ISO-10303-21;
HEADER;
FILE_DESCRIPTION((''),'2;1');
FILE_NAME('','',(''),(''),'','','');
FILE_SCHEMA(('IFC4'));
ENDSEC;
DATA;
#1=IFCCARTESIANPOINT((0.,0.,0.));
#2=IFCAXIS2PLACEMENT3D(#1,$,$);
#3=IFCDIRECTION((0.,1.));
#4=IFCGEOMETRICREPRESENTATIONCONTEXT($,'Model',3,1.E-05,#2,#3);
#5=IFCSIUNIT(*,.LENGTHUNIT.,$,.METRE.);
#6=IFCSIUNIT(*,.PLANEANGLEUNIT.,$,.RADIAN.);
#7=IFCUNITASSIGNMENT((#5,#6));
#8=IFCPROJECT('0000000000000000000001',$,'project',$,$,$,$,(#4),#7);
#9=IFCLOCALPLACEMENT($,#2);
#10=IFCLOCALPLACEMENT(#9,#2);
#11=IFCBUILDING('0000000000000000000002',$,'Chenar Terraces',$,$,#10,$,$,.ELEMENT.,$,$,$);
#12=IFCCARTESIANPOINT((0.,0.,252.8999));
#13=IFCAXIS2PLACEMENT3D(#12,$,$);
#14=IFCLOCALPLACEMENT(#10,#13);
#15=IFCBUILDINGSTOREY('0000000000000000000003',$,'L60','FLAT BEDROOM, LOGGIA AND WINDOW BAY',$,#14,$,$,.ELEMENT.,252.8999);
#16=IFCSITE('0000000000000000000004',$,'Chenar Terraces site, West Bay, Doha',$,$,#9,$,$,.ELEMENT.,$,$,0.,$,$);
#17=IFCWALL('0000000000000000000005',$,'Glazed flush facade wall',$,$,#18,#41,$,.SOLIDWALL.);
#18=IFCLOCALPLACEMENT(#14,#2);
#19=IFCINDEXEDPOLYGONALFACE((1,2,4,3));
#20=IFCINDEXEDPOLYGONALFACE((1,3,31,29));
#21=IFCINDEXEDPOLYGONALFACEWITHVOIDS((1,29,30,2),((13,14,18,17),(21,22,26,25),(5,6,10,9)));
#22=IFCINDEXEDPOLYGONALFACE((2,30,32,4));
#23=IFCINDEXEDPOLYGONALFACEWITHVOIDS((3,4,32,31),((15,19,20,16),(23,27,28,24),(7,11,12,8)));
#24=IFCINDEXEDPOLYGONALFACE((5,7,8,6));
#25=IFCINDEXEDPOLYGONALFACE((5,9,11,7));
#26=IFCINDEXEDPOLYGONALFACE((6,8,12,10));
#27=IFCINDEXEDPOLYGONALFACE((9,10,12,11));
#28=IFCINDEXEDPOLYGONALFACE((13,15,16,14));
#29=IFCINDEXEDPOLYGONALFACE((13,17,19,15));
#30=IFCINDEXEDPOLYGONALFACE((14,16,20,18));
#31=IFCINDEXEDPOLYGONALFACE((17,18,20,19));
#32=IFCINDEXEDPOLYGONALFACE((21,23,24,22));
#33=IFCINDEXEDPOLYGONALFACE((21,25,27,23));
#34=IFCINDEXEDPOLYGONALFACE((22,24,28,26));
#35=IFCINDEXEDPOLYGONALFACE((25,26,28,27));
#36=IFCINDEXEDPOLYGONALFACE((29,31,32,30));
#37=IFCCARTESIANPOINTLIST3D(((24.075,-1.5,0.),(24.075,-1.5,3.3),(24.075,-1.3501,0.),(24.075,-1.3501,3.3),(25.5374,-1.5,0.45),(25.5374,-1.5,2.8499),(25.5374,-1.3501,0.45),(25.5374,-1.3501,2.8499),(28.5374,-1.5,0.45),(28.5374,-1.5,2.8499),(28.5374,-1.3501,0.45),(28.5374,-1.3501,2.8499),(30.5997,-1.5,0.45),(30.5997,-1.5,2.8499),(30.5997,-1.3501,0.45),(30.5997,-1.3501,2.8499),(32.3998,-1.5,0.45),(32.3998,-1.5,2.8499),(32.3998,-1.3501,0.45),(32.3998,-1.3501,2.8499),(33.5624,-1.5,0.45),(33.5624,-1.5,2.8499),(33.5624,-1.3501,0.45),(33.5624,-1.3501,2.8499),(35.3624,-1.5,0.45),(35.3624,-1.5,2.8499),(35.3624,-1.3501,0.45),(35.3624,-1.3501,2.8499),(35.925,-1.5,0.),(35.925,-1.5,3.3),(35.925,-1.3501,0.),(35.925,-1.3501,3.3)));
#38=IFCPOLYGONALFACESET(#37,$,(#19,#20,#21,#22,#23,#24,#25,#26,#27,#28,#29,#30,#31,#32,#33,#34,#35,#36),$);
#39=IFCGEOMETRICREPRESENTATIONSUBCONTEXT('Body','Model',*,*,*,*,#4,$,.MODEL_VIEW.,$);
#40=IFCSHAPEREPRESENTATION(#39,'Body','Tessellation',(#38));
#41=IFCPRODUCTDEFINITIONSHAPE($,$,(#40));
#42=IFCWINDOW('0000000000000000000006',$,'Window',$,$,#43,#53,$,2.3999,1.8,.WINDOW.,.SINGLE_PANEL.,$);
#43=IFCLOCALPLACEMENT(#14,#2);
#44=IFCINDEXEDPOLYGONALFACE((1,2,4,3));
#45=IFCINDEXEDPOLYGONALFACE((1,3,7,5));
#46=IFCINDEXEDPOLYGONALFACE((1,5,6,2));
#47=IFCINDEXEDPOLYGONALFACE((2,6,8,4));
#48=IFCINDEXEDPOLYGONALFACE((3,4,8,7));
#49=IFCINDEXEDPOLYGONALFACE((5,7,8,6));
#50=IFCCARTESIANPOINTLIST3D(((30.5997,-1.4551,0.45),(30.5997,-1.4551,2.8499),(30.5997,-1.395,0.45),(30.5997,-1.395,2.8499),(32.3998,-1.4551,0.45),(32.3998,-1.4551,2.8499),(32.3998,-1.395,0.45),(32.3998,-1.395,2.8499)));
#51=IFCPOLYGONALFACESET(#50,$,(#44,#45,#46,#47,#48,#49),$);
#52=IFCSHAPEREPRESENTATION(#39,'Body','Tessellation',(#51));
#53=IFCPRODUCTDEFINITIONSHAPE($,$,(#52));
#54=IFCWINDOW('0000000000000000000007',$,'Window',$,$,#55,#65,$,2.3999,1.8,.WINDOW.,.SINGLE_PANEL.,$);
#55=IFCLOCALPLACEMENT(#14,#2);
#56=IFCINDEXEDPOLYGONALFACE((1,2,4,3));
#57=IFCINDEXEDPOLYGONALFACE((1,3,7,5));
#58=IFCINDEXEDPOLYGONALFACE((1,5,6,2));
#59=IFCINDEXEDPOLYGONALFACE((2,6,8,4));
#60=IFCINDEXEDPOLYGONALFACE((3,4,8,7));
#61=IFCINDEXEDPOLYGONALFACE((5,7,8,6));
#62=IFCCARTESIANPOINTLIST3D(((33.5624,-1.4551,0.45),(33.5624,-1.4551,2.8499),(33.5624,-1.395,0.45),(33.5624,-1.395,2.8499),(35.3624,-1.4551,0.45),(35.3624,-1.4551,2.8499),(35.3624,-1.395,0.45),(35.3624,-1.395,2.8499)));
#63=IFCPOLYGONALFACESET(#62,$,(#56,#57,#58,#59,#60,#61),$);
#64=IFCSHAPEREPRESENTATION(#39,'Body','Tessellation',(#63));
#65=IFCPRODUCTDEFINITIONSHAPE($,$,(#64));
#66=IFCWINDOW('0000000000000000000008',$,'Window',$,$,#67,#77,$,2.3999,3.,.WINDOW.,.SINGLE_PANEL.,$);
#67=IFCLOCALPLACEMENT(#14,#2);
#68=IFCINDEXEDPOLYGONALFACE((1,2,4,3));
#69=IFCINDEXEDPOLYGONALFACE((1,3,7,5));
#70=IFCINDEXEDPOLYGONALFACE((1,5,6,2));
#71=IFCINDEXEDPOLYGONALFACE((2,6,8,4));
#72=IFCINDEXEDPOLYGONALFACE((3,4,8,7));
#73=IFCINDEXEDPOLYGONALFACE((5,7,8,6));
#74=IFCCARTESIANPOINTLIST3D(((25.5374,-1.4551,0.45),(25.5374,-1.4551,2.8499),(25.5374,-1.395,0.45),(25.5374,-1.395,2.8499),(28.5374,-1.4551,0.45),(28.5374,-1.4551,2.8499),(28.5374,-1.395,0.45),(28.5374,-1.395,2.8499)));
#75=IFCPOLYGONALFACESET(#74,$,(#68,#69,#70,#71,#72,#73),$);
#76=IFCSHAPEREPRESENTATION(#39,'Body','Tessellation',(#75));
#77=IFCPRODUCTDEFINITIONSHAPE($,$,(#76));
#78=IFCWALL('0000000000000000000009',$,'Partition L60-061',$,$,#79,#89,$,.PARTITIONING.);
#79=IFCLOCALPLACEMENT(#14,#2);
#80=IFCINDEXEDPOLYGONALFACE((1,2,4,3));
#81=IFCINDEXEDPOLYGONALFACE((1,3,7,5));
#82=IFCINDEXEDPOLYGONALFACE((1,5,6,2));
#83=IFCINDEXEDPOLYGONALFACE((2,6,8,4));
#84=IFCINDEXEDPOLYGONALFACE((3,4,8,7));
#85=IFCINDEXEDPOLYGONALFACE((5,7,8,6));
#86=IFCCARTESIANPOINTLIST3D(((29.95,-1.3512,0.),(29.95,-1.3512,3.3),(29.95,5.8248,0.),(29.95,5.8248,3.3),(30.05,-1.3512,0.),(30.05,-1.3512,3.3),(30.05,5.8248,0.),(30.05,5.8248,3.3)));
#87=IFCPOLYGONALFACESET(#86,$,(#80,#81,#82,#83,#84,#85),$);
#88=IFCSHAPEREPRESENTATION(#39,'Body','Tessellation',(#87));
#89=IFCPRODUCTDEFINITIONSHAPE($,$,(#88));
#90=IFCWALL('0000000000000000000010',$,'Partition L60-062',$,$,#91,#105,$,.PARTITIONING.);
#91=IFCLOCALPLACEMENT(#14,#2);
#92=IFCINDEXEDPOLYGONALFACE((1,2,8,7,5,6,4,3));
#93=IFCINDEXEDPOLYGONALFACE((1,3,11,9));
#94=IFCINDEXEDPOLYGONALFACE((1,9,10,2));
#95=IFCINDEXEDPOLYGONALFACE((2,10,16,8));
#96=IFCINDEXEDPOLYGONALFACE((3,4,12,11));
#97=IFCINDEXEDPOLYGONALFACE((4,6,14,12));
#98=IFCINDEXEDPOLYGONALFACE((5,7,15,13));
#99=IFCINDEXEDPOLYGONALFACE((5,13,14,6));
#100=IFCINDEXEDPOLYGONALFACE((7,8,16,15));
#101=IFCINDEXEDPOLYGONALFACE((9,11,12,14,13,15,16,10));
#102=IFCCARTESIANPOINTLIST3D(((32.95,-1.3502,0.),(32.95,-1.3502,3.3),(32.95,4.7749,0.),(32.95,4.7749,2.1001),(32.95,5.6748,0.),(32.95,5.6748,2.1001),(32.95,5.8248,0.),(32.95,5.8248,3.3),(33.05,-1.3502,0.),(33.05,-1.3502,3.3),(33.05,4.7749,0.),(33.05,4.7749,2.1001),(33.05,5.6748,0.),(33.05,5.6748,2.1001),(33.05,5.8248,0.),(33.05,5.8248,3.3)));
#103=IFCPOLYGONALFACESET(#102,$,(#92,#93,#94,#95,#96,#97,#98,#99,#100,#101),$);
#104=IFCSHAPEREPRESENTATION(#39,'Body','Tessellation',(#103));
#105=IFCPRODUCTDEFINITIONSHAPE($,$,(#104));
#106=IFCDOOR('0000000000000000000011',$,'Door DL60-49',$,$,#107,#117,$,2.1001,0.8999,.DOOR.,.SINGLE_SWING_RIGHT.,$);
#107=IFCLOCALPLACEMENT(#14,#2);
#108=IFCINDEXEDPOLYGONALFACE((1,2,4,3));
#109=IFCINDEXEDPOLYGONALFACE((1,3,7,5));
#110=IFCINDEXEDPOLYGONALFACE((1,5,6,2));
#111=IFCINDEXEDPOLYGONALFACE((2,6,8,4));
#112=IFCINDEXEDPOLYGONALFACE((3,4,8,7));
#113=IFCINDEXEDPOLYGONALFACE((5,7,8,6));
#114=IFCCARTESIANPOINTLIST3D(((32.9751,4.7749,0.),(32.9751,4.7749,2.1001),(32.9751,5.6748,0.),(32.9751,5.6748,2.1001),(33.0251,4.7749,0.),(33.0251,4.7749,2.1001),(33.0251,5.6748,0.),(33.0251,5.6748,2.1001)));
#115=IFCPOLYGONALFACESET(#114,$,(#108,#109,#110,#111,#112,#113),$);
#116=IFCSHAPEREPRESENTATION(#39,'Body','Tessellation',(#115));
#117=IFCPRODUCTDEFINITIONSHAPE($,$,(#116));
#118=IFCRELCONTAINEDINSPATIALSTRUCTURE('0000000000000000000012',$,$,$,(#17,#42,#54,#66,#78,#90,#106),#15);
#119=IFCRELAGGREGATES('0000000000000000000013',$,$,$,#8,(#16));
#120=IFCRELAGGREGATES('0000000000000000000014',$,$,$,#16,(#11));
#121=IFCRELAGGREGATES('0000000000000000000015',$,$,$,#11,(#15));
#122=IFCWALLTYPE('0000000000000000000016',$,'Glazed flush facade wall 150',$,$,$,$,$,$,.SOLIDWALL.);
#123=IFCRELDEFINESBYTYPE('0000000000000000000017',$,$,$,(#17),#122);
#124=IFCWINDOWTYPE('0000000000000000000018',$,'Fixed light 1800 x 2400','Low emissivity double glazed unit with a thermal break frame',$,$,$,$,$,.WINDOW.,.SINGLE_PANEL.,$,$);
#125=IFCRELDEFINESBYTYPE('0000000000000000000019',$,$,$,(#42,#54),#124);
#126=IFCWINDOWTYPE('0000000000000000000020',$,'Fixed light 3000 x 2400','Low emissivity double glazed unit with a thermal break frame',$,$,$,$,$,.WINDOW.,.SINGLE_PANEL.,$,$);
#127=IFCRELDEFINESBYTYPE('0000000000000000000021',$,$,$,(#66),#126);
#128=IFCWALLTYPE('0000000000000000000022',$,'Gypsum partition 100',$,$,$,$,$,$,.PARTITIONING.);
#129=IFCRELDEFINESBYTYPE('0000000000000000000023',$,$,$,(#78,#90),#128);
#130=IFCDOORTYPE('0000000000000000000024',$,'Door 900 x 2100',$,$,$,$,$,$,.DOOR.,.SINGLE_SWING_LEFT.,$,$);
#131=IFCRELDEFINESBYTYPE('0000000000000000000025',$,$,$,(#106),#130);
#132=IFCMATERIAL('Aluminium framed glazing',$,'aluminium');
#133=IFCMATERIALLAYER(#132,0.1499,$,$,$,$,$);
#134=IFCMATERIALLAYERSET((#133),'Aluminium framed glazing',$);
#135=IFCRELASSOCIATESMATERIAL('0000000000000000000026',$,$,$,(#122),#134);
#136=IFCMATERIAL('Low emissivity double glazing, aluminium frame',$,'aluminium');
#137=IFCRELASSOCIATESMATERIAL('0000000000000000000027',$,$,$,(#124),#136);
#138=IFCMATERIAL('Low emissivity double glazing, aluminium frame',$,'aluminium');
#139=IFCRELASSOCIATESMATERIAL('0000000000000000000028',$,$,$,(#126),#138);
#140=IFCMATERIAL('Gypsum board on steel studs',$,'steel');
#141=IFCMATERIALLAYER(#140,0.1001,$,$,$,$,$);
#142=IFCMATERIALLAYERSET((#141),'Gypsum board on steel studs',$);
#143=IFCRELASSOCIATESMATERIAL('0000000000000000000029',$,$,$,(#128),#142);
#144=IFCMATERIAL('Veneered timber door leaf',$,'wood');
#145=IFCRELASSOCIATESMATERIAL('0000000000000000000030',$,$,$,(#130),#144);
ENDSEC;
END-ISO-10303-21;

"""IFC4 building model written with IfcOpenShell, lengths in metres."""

from ifc_helpers import new_model, si_unit, direction, frame, frame_2d, origin, place, context, subcontext, project, spatial, rectangle, extrude, material, layer, layer_set, type_object, element, fill, save


model = new_model("IFC4")

# Units and contexts
model_context = context("Model", 3, precision=1e-05, world=origin(), true_north=direction((0.0, 1.0)))
body_context = subcontext(model_context, "Body", "Model", "MODEL_VIEW")
ifc_project = project(units=[si_unit("LENGTHUNIT", "METRE"), si_unit("PLANEANGLEUNIT", "RADIAN")], contexts=[model_context])

# Site, building, storey
site_placement = place(None, origin())
site = spatial("IfcSite", under=ifc_project, at=site_placement, Name="Chenar Terraces site, West Bay, Doha", CompositionType="ELEMENT", RefElevation=0.0)
building_placement = place(site_placement, origin())
building = spatial("IfcBuilding", under=site, at=building_placement, Name="Chenar Terraces", CompositionType="ELEMENT")
storey_placement = place(building_placement, frame((0.0, 0.0, 252.8999)))
storey = spatial("IfcBuildingStorey", under=building, at=storey_placement, Name="L60", Description="FLAT BEDROOM, LOGGIA AND WINDOW BAY", CompositionType="ELEMENT", Elevation=252.8999)

# Wall, openings, windows
ifc_material_1 = material(Name="Aluminium framed glazing", Category="aluminium")
ifc_layer_1 = layer(ifc_material_1, 0.1499)
ifc_layer_set_1 = layer_set([ifc_layer_1], Name="Aluminium framed glazing")
wall_type_1 = type_object("IfcWallType", Name="Glazed flush facade wall 150", PredefinedType="SOLIDWALL", material=ifc_layer_set_1)
wall_1_placement = place(storey_placement, frame((24.075, -1.425, 0.0), z_axis=(0.0, 0.0, 1.0), x_axis=(1.0, 0.0, 0.0)))
wall_1 = element("IfcWall", 1, at=wall_1_placement, inside=storey, type_object=wall_type_1, Name="Glazed flush facade wall", PredefinedType="SOLIDWALL", context=body_context, shape_type="SweptSolid", body=[
    extrude(rectangle(XDim=11.8501, YDim=0.1499, at=frame_2d((5.925, 0.0))), origin(), (0.0, 0.0, 1.0), 3.3),
])
opening_1_placement = place(wall_1_placement, frame((1.4624, 0.0, 0.45)))
opening_1 = element("IfcOpeningElement", 2, at=opening_1_placement, cuts=wall_1, PredefinedType="OPENING", context=body_context, shape_type="SweptSolid", body=[
    extrude(rectangle(XDim=3.0, YDim=2.3999, at=frame_2d((1.5, 1.2))), frame((0.0, 0.085, 0.0), z_axis=(0.0, -1.0, 0.0), x_axis=(1.0, 0.0, 0.0)), (0.0, 0.0, 1.0), 0.1699),
])
opening_2_placement = place(wall_1_placement, frame((6.5249, 0.0, 0.45)))
opening_2 = element("IfcOpeningElement", 3, at=opening_2_placement, cuts=wall_1, PredefinedType="OPENING", context=body_context, shape_type="SweptSolid", body=[
    extrude(rectangle(XDim=1.8, YDim=2.3999, at=frame_2d((0.8999, 1.2))), frame((0.0, 0.085, 0.0), z_axis=(0.0, -1.0, 0.0), x_axis=(1.0, 0.0, 0.0)), (0.0, 0.0, 1.0), 0.1699),
])
opening_3_placement = place(wall_1_placement, frame((9.4875, 0.0, 0.45)))
opening_3 = element("IfcOpeningElement", 4, at=opening_3_placement, cuts=wall_1, PredefinedType="OPENING", context=body_context, shape_type="SweptSolid", body=[
    extrude(rectangle(XDim=1.8, YDim=2.3999, at=frame_2d((0.8999, 1.2))), frame((0.0, 0.085, 0.0), z_axis=(0.0, -1.0, 0.0), x_axis=(1.0, 0.0, 0.0)), (0.0, 0.0, 1.0), 0.1699),
])
ifc_material_2 = material(Name="Low emissivity double glazing, aluminium frame", Category="aluminium")
window_type_1 = type_object("IfcWindowType", Name="Fixed light 1800 x 2400", Description="Low emissivity double glazed unit with a thermal break frame", PartitioningType="SINGLE_PANEL", PredefinedType="WINDOW", material=ifc_material_2)
window_1_placement = place(opening_2_placement, origin())
window_1 = element("IfcWindow", 5, at=window_1_placement, inside=storey, type_object=window_type_1, Name="Window", OverallHeight=2.3999, OverallWidth=1.8, PartitioningType="SINGLE_PANEL", PredefinedType="WINDOW", context=body_context, shape_type="SweptSolid", body=[
    extrude(rectangle(XDim=1.8, YDim=2.3999, at=frame_2d((0.8999, 1.2))), frame((0.0, 0.03, 0.0), z_axis=(0.0, -1.0, 0.0), x_axis=(1.0, 0.0, 0.0)), (0.0, 0.0, 1.0), 0.0601),
])
fill(opening_2, window_1)
window_2_placement = place(opening_3_placement, origin())
window_2 = element("IfcWindow", 6, at=window_2_placement, inside=storey, type_object=window_type_1, Name="Window", OverallHeight=2.3999, OverallWidth=1.8, PartitioningType="SINGLE_PANEL", PredefinedType="WINDOW", context=body_context, shape_type="SweptSolid", body=[
    extrude(rectangle(XDim=1.8, YDim=2.3999, at=frame_2d((0.8999, 1.2))), frame((0.0, 0.03, 0.0), z_axis=(0.0, -1.0, 0.0), x_axis=(1.0, 0.0, 0.0)), (0.0, 0.0, 1.0), 0.0601),
])
fill(opening_3, window_2)
ifc_material_3 = material(Name="Low emissivity double glazing, aluminium frame", Category="aluminium")
window_type_2 = type_object("IfcWindowType", Name="Fixed light 3000 x 2400", Description="Low emissivity double glazed unit with a thermal break frame", PartitioningType="SINGLE_PANEL", PredefinedType="WINDOW", material=ifc_material_3)
window_3_placement = place(opening_1_placement, origin())
window_3 = element("IfcWindow", 7, at=window_3_placement, inside=storey, type_object=window_type_2, Name="Window", OverallHeight=2.3999, OverallWidth=3.0, PartitioningType="SINGLE_PANEL", PredefinedType="WINDOW", context=body_context, shape_type="SweptSolid", body=[
    extrude(rectangle(XDim=3.0, YDim=2.3999, at=frame_2d((1.5, 1.2))), frame((0.0, 0.03, 0.0), z_axis=(0.0, -1.0, 0.0), x_axis=(1.0, 0.0, 0.0)), (0.0, 0.0, 1.0), 0.0601),
])
fill(opening_1, window_3)

# Wall
ifc_material_4 = material(Name="Gypsum board on steel studs", Category="steel")
ifc_layer_2 = layer(ifc_material_4, 0.1001)
ifc_layer_set_2 = layer_set([ifc_layer_2], Name="Gypsum board on steel studs")
wall_type_2 = type_object("IfcWallType", Name="Gypsum partition 100", PredefinedType="PARTITIONING", material=ifc_layer_set_2)
wall_2_placement = place(storey_placement, frame((30.0, -1.3511, 0.0), z_axis=(0.0, 0.0, 1.0), x_axis=(0.0, 1.0, 0.0)))
element("IfcWall", 8, at=wall_2_placement, inside=storey, type_object=wall_type_2, Name="Partition L60-061", PredefinedType="PARTITIONING", context=body_context, shape_type="SweptSolid", body=[
    extrude(rectangle(XDim=7.176, YDim=0.1001, at=frame_2d((3.5879, 0.0))), origin(), (0.0, 0.0, 1.0), 3.3),
])

# Wall, opening, door
wall_3_placement = place(storey_placement, frame((33.0, -1.3501, 0.0), z_axis=(0.0, 0.0, 1.0), x_axis=(0.0, 1.0, 0.0)))
wall_3 = element("IfcWall", 9, at=wall_3_placement, inside=storey, type_object=wall_type_2, Name="Partition L60-062", PredefinedType="PARTITIONING", context=body_context, shape_type="SweptSolid", body=[
    extrude(rectangle(XDim=7.175, YDim=0.1001, at=frame_2d((3.5874, 0.0))), origin(), (0.0, 0.0, 1.0), 3.3),
])
opening_4_placement = place(wall_3_placement, frame((6.125, 0.0, 0.0)))
opening_4 = element("IfcOpeningElement", 10, at=opening_4_placement, cuts=wall_3, PredefinedType="OPENING", context=body_context, shape_type="SweptSolid", body=[
    extrude(rectangle(XDim=0.8999, YDim=2.1001, at=frame_2d((0.45, 1.05))), frame((0.0, 0.0601, 0.0), z_axis=(0.0, -1.0, 0.0), x_axis=(1.0, 0.0, 0.0)), (0.0, 0.0, 1.0), 0.1201),
])
ifc_material_5 = material(Name="Veneered timber door leaf", Category="wood")
door_type_1 = type_object("IfcDoorType", Name="Door 900 x 2100", OperationType="SINGLE_SWING_LEFT", PredefinedType="DOOR", material=ifc_material_5)
door_1_placement = place(opening_4_placement, origin())
door_1 = element("IfcDoor", 11, at=door_1_placement, inside=storey, type_object=door_type_1, Name="Door DL60-49", OperationType="SINGLE_SWING_RIGHT", OverallHeight=2.1001, OverallWidth=0.8999, PredefinedType="DOOR", context=body_context, shape_type="SweptSolid", body=[
    extrude(rectangle(XDim=0.8999, YDim=2.1001, at=frame_2d((0.45, 1.05))), frame((0.0, 0.0249, 0.0), z_axis=(0.0, -1.0, 0.0), x_axis=(1.0, 0.0, 0.0)), (0.0, 0.0, 1.0), 0.05),
])
fill(opening_4, door_1)

save(model, "model.ifc")
